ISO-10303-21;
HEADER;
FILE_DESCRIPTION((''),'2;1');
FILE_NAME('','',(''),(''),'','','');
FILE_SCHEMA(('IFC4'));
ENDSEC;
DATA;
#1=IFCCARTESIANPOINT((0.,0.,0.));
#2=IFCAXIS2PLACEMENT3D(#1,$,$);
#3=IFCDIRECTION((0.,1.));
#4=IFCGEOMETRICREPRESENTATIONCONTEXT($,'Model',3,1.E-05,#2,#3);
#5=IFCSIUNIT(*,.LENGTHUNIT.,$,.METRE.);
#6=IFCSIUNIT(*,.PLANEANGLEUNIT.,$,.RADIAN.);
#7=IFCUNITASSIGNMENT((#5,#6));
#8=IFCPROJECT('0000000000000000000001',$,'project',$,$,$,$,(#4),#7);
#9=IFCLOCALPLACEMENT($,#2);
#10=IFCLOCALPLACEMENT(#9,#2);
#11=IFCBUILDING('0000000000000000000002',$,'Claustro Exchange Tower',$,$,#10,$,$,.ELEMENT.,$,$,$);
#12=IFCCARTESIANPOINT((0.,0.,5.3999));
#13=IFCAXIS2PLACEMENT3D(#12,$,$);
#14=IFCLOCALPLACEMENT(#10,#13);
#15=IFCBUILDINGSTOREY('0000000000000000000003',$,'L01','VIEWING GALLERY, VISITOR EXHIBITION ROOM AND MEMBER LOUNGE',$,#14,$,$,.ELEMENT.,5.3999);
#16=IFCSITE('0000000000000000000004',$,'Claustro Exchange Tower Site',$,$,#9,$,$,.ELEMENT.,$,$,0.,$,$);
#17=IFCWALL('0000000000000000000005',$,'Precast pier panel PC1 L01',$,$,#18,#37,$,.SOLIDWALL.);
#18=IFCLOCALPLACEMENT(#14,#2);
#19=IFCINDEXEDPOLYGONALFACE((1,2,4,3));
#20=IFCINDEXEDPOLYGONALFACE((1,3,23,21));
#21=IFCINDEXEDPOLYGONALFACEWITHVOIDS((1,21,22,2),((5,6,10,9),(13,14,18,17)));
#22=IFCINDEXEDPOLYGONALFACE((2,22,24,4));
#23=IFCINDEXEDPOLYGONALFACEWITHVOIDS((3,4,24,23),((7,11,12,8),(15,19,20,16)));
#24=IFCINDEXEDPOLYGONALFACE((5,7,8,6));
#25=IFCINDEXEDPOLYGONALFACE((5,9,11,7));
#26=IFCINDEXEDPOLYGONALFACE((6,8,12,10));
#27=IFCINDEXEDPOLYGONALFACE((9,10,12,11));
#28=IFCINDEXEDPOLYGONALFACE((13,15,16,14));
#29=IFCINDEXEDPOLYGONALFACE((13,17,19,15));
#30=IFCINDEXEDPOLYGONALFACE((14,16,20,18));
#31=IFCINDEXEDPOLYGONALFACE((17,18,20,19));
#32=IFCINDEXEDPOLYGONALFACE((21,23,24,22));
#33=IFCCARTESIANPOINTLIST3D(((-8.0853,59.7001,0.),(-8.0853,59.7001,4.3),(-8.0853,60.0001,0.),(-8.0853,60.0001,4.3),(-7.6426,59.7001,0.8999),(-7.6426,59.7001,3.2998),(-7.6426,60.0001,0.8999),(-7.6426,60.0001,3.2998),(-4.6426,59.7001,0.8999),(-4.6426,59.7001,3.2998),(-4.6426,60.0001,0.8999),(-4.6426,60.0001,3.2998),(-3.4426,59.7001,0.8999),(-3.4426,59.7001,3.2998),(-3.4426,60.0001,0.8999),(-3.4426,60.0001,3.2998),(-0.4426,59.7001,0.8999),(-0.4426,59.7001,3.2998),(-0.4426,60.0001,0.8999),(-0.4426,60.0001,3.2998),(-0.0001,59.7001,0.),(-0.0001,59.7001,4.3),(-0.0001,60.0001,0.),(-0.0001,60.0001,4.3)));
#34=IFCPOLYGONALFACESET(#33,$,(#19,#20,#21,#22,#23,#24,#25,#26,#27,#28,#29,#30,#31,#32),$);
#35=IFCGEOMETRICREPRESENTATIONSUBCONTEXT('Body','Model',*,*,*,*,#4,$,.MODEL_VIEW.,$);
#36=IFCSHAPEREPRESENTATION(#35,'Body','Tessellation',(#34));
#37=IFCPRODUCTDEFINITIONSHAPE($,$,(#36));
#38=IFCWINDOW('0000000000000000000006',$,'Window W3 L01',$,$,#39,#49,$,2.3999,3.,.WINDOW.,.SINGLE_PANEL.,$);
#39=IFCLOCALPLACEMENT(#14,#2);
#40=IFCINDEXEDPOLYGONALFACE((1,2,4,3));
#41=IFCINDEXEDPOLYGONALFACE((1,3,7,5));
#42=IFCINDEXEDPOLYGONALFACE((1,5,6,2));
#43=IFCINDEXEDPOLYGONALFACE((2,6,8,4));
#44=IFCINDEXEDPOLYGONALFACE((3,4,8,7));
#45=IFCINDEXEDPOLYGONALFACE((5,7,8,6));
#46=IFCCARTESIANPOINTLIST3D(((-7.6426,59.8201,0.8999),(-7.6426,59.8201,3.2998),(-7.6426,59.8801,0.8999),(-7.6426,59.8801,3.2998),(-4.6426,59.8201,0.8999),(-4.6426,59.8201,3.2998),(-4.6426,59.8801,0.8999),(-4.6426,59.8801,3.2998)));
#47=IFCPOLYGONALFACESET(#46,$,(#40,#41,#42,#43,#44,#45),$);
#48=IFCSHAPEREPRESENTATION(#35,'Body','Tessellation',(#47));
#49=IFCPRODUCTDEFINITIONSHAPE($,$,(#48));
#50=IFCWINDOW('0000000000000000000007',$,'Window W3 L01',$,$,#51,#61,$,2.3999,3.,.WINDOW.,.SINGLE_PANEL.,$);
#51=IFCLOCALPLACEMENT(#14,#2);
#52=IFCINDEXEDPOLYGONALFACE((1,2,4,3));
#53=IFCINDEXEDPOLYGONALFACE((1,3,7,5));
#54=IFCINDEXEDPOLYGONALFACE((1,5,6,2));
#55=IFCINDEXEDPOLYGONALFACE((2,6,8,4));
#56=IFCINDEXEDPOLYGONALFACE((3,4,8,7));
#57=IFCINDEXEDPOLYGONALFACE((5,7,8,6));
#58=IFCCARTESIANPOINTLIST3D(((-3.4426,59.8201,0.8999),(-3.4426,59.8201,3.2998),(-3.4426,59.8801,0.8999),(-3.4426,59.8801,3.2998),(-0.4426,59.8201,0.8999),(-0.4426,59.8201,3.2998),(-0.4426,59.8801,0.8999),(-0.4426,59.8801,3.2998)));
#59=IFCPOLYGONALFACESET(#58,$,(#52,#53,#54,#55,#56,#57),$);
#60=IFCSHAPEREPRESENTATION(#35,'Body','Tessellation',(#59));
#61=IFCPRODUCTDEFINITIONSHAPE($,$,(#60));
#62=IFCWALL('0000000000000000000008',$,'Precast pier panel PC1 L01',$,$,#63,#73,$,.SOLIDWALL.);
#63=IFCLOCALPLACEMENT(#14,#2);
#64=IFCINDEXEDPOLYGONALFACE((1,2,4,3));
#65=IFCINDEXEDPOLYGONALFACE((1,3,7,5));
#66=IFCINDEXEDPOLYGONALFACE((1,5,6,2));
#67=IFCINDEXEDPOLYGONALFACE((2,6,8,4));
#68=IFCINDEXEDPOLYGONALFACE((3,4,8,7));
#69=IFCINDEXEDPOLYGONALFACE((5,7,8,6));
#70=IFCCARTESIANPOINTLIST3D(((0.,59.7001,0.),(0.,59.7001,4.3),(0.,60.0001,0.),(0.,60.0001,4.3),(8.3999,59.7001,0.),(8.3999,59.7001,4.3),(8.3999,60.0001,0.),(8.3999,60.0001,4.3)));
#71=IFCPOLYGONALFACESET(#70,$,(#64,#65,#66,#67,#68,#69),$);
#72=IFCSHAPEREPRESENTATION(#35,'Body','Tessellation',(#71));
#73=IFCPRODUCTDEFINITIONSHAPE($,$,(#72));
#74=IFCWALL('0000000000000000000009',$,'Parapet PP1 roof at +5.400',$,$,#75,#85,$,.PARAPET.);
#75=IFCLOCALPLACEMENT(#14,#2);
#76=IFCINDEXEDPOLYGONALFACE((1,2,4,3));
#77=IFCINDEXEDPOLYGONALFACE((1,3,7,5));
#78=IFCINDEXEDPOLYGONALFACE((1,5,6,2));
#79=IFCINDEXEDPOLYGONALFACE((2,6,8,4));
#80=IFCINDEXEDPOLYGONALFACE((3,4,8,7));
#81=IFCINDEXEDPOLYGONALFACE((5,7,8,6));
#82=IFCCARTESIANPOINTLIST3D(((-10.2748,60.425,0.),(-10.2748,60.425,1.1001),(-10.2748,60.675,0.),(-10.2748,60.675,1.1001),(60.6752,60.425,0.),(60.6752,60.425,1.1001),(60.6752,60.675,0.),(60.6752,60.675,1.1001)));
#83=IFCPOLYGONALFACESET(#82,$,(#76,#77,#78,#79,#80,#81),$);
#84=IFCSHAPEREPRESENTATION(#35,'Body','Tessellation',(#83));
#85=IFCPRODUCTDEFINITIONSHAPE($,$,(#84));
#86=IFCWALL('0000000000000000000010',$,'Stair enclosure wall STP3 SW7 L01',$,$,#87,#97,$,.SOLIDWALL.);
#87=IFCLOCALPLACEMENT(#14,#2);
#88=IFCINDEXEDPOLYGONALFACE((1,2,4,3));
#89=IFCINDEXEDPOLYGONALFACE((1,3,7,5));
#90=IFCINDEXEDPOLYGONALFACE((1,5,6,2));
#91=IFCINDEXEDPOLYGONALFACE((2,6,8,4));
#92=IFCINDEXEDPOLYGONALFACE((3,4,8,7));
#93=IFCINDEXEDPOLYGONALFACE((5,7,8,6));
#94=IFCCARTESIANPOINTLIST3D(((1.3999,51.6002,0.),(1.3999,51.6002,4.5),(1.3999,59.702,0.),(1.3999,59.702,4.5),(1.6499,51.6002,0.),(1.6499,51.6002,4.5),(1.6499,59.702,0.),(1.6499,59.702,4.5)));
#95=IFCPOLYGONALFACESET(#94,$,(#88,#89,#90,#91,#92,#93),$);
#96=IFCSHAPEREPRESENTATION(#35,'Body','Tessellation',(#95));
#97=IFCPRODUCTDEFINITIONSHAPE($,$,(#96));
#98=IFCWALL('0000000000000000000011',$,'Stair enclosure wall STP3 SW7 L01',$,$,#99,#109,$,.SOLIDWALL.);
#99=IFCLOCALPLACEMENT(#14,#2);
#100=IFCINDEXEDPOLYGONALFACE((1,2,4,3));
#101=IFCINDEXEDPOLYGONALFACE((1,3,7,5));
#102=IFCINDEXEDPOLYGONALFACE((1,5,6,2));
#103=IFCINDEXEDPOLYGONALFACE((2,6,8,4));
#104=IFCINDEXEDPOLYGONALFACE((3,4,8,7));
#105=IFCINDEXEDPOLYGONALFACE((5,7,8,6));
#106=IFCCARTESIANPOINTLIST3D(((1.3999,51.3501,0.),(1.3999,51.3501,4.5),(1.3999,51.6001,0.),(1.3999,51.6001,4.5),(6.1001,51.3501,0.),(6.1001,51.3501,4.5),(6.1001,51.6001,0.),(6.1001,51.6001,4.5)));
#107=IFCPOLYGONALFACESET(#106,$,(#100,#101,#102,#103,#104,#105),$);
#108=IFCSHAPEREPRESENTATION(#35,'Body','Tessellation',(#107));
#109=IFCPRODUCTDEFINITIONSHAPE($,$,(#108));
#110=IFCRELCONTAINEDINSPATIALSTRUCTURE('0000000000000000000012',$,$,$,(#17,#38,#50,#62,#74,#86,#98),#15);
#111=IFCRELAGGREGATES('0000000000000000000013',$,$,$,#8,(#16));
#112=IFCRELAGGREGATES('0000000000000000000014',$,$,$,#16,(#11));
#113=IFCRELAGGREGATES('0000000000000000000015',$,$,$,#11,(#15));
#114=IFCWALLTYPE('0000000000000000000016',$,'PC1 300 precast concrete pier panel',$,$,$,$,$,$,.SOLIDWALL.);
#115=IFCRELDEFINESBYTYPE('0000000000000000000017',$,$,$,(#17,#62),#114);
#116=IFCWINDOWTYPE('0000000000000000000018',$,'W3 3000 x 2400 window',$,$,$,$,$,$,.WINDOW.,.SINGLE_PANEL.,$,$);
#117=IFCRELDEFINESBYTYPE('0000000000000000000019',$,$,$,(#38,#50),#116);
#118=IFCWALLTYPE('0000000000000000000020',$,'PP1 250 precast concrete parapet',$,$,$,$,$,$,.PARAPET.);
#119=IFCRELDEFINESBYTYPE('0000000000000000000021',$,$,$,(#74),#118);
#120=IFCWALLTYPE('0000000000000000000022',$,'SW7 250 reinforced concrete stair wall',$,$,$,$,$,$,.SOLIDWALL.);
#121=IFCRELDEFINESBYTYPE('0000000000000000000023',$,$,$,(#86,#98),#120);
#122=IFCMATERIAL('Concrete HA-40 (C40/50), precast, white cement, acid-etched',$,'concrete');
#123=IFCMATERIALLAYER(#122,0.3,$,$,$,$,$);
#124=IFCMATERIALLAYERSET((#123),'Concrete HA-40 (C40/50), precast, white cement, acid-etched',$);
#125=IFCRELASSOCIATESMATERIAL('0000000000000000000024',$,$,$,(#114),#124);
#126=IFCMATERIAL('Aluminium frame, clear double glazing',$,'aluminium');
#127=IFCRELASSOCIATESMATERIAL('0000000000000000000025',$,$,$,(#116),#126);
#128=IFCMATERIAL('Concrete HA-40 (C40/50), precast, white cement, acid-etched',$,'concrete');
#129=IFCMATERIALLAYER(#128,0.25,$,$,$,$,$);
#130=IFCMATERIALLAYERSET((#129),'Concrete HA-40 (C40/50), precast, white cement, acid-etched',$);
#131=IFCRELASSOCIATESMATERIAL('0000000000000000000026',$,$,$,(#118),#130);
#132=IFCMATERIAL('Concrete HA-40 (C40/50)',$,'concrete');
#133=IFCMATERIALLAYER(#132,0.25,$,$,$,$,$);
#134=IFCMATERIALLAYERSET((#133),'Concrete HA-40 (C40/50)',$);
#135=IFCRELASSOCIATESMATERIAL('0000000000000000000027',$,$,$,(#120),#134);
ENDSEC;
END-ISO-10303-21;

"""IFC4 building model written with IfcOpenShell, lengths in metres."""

from ifc_helpers import new_model, si_unit, direction, frame, frame_2d, origin, place, context, subcontext, project, spatial, rectangle, extrude, material, layer, layer_set, type_object, element, fill, save


model = new_model("IFC4")

# Units and contexts
model_context = context("Model", 3, precision=1e-05, world=origin(), true_north=direction((0.0, 1.0)))
body_context = subcontext(model_context, "Body", "Model", "MODEL_VIEW")
ifc_project = project(units=[si_unit("LENGTHUNIT", "METRE"), si_unit("PLANEANGLEUNIT", "RADIAN")], contexts=[model_context])

# Site, building, storey
site_placement = place(None, origin())
site = spatial("IfcSite", under=ifc_project, at=site_placement, Name="Claustro Exchange Tower Site", CompositionType="ELEMENT", RefElevation=0.0)
building_placement = place(site_placement, origin())
building = spatial("IfcBuilding", under=site, at=building_placement, Name="Claustro Exchange Tower", CompositionType="ELEMENT")
storey_placement = place(building_placement, frame((0.0, 0.0, 5.3999)))
storey = spatial("IfcBuildingStorey", under=building, at=storey_placement, Name="L01", Description="VIEWING GALLERY, VISITOR EXHIBITION ROOM AND MEMBER LOUNGE", CompositionType="ELEMENT", Elevation=5.3999)

# Shared definitions
ifc_material_1 = material(Name="Concrete HA-40 (C40/50), precast, white cement, acid-etched", Category="concrete")
ifc_layer_1 = layer(ifc_material_1, 0.3)
ifc_layer_set_1 = layer_set([ifc_layer_1], Name="Concrete HA-40 (C40/50), precast, white cement, acid-etched")
wall_type_1 = type_object("IfcWallType", Name="PC1 300 precast concrete pier panel", PredefinedType="SOLIDWALL", material=ifc_layer_set_1)
ifc_material_2 = material(Name="Aluminium frame, clear double glazing", Category="aluminium")
window_type = type_object("IfcWindowType", Name="W3 3000 x 2400 window", PartitioningType="SINGLE_PANEL", PredefinedType="WINDOW", material=ifc_material_2)

# Wall, openings, windows
wall_1_placement = place(storey_placement, frame((-8.0852, 59.8501, 0.0), z_axis=(0.0, 0.0, 1.0), x_axis=(1.0, 0.0, 0.0)))
wall_1 = element("IfcWall", 1, at=wall_1_placement, inside=storey, type_object=wall_type_1, Name="Precast pier panel PC1 L01", PredefinedType="SOLIDWALL", context=body_context, shape_type="SweptSolid", body=[
    extrude(rectangle(XDim=8.0852, YDim=0.3, at=frame_2d((4.0425, 0.0))), origin(), (0.0, 0.0, 1.0), 4.3),
])
opening_1_placement = place(wall_1_placement, frame((0.4426, 0.0, 0.8999)))
opening_1 = element("IfcOpeningElement", 2, at=opening_1_placement, cuts=wall_1, PredefinedType="OPENING", context=body_context, shape_type="SweptSolid", body=[
    extrude(rectangle(XDim=3.0, YDim=2.3999, at=frame_2d((1.5, 1.2))), frame((0.0, 0.1599, 0.0), z_axis=(0.0, -1.0, 0.0), x_axis=(1.0, 0.0, 0.0)), (0.0, 0.0, 1.0), 0.3201),
])
opening_2_placement = place(wall_1_placement, frame((4.6426, 0.0, 0.8999)))
opening_2 = element("IfcOpeningElement", 3, at=opening_2_placement, cuts=wall_1, PredefinedType="OPENING", context=body_context, shape_type="SweptSolid", body=[
    extrude(rectangle(XDim=3.0, YDim=2.3999, at=frame_2d((1.5, 1.2))), frame((0.0, 0.1599, 0.0), z_axis=(0.0, -1.0, 0.0), x_axis=(1.0, 0.0, 0.0)), (0.0, 0.0, 1.0), 0.3201),
])
window_1_placement = place(opening_1_placement, origin())
window_1 = element("IfcWindow", 4, at=window_1_placement, inside=storey, type_object=window_type, Name="Window W3 L01", OverallHeight=2.3999, OverallWidth=3.0, PartitioningType="SINGLE_PANEL", PredefinedType="WINDOW", context=body_context, shape_type="SweptSolid", body=[
    extrude(rectangle(XDim=3.0, YDim=2.3999, at=frame_2d((1.5, 1.2))), frame((0.0, 0.03, 0.0), z_axis=(0.0, -1.0, 0.0), x_axis=(1.0, 0.0, 0.0)), (0.0, 0.0, 1.0), 0.0601),
])
fill(opening_1, window_1)
window_2_placement = place(opening_2_placement, origin())
window_2 = element("IfcWindow", 5, at=window_2_placement, inside=storey, type_object=window_type, Name="Window W3 L01", OverallHeight=2.3999, OverallWidth=3.0, PartitioningType="SINGLE_PANEL", PredefinedType="WINDOW", context=body_context, shape_type="SweptSolid", body=[
    extrude(rectangle(XDim=3.0, YDim=2.3999, at=frame_2d((1.5, 1.2))), frame((0.0, 0.03, 0.0), z_axis=(0.0, -1.0, 0.0), x_axis=(1.0, 0.0, 0.0)), (0.0, 0.0, 1.0), 0.0601),
])
fill(opening_2, window_2)

# Walls
wall_2_placement = place(storey_placement, frame((0.0, 59.8501, 0.0), z_axis=(0.0, 0.0, 1.0), x_axis=(1.0, 0.0, 0.0)))
element("IfcWall", 6, at=wall_2_placement, inside=storey, type_object=wall_type_1, Name="Precast pier panel PC1 L01", PredefinedType="SOLIDWALL", context=body_context, shape_type="SweptSolid", body=[
    extrude(rectangle(XDim=8.3999, YDim=0.3, at=frame_2d((4.2, 0.0))), origin(), (0.0, 0.0, 1.0), 4.3),
])
ifc_material_3 = material(Name="Concrete HA-40 (C40/50), precast, white cement, acid-etched", Category="concrete")
ifc_layer_2 = layer(ifc_material_3, 0.25)
ifc_layer_set_2 = layer_set([ifc_layer_2], Name="Concrete HA-40 (C40/50), precast, white cement, acid-etched")
wall_type_2 = type_object("IfcWallType", Name="PP1 250 precast concrete parapet", PredefinedType="PARAPET", material=ifc_layer_set_2)
wall_3_placement = place(storey_placement, frame((-10.2749, 60.55, 0.0), z_axis=(0.0, 0.0, 1.0), x_axis=(1.0, 0.0, 0.0)))
element("IfcWall", 7, at=wall_3_placement, inside=storey, type_object=wall_type_2, Name="Parapet PP1 roof at +5.400", PredefinedType="PARAPET", context=body_context, shape_type="SweptSolid", body=[
    extrude(rectangle(XDim=70.95, YDim=0.25, at=frame_2d((35.4751, 0.0))), origin(), (0.0, 0.0, 1.0), 1.1001),
])
ifc_material_4 = material(Name="Concrete HA-40 (C40/50)", Category="concrete")
ifc_layer_3 = layer(ifc_material_4, 0.25)
ifc_layer_set_3 = layer_set([ifc_layer_3], Name="Concrete HA-40 (C40/50)")
wall_type_3 = type_object("IfcWallType", Name="SW7 250 reinforced concrete stair wall", PredefinedType="SOLIDWALL", material=ifc_layer_set_3)
wall_4_placement = place(storey_placement, frame((1.5249, 59.7019, 0.0), z_axis=(0.0, 0.0, 1.0), x_axis=(0.0, -1.0, 0.0)))
element("IfcWall", 8, at=wall_4_placement, inside=storey, type_object=wall_type_3, Name="Stair enclosure wall STP3 SW7 L01", PredefinedType="SOLIDWALL", context=body_context, shape_type="SweptSolid", body=[
    extrude(rectangle(XDim=8.1018, YDim=0.25, at=frame_2d((4.0508, 0.0))), origin(), (0.0, 0.0, 1.0), 4.5),
])
wall_5_placement = place(storey_placement, frame((1.3999, 51.4751, 0.0), z_axis=(0.0, 0.0, 1.0), x_axis=(1.0, 0.0, 0.0)))
element("IfcWall", 9, at=wall_5_placement, inside=storey, type_object=wall_type_3, Name="Stair enclosure wall STP3 SW7 L01", PredefinedType="SOLIDWALL", context=body_context, shape_type="SweptSolid", body=[
    extrude(rectangle(XDim=4.7002, YDim=0.25, at=frame_2d((2.3501, 0.0))), origin(), (0.0, 0.0, 1.0), 4.5),
])

save(model, "model.ifc")
